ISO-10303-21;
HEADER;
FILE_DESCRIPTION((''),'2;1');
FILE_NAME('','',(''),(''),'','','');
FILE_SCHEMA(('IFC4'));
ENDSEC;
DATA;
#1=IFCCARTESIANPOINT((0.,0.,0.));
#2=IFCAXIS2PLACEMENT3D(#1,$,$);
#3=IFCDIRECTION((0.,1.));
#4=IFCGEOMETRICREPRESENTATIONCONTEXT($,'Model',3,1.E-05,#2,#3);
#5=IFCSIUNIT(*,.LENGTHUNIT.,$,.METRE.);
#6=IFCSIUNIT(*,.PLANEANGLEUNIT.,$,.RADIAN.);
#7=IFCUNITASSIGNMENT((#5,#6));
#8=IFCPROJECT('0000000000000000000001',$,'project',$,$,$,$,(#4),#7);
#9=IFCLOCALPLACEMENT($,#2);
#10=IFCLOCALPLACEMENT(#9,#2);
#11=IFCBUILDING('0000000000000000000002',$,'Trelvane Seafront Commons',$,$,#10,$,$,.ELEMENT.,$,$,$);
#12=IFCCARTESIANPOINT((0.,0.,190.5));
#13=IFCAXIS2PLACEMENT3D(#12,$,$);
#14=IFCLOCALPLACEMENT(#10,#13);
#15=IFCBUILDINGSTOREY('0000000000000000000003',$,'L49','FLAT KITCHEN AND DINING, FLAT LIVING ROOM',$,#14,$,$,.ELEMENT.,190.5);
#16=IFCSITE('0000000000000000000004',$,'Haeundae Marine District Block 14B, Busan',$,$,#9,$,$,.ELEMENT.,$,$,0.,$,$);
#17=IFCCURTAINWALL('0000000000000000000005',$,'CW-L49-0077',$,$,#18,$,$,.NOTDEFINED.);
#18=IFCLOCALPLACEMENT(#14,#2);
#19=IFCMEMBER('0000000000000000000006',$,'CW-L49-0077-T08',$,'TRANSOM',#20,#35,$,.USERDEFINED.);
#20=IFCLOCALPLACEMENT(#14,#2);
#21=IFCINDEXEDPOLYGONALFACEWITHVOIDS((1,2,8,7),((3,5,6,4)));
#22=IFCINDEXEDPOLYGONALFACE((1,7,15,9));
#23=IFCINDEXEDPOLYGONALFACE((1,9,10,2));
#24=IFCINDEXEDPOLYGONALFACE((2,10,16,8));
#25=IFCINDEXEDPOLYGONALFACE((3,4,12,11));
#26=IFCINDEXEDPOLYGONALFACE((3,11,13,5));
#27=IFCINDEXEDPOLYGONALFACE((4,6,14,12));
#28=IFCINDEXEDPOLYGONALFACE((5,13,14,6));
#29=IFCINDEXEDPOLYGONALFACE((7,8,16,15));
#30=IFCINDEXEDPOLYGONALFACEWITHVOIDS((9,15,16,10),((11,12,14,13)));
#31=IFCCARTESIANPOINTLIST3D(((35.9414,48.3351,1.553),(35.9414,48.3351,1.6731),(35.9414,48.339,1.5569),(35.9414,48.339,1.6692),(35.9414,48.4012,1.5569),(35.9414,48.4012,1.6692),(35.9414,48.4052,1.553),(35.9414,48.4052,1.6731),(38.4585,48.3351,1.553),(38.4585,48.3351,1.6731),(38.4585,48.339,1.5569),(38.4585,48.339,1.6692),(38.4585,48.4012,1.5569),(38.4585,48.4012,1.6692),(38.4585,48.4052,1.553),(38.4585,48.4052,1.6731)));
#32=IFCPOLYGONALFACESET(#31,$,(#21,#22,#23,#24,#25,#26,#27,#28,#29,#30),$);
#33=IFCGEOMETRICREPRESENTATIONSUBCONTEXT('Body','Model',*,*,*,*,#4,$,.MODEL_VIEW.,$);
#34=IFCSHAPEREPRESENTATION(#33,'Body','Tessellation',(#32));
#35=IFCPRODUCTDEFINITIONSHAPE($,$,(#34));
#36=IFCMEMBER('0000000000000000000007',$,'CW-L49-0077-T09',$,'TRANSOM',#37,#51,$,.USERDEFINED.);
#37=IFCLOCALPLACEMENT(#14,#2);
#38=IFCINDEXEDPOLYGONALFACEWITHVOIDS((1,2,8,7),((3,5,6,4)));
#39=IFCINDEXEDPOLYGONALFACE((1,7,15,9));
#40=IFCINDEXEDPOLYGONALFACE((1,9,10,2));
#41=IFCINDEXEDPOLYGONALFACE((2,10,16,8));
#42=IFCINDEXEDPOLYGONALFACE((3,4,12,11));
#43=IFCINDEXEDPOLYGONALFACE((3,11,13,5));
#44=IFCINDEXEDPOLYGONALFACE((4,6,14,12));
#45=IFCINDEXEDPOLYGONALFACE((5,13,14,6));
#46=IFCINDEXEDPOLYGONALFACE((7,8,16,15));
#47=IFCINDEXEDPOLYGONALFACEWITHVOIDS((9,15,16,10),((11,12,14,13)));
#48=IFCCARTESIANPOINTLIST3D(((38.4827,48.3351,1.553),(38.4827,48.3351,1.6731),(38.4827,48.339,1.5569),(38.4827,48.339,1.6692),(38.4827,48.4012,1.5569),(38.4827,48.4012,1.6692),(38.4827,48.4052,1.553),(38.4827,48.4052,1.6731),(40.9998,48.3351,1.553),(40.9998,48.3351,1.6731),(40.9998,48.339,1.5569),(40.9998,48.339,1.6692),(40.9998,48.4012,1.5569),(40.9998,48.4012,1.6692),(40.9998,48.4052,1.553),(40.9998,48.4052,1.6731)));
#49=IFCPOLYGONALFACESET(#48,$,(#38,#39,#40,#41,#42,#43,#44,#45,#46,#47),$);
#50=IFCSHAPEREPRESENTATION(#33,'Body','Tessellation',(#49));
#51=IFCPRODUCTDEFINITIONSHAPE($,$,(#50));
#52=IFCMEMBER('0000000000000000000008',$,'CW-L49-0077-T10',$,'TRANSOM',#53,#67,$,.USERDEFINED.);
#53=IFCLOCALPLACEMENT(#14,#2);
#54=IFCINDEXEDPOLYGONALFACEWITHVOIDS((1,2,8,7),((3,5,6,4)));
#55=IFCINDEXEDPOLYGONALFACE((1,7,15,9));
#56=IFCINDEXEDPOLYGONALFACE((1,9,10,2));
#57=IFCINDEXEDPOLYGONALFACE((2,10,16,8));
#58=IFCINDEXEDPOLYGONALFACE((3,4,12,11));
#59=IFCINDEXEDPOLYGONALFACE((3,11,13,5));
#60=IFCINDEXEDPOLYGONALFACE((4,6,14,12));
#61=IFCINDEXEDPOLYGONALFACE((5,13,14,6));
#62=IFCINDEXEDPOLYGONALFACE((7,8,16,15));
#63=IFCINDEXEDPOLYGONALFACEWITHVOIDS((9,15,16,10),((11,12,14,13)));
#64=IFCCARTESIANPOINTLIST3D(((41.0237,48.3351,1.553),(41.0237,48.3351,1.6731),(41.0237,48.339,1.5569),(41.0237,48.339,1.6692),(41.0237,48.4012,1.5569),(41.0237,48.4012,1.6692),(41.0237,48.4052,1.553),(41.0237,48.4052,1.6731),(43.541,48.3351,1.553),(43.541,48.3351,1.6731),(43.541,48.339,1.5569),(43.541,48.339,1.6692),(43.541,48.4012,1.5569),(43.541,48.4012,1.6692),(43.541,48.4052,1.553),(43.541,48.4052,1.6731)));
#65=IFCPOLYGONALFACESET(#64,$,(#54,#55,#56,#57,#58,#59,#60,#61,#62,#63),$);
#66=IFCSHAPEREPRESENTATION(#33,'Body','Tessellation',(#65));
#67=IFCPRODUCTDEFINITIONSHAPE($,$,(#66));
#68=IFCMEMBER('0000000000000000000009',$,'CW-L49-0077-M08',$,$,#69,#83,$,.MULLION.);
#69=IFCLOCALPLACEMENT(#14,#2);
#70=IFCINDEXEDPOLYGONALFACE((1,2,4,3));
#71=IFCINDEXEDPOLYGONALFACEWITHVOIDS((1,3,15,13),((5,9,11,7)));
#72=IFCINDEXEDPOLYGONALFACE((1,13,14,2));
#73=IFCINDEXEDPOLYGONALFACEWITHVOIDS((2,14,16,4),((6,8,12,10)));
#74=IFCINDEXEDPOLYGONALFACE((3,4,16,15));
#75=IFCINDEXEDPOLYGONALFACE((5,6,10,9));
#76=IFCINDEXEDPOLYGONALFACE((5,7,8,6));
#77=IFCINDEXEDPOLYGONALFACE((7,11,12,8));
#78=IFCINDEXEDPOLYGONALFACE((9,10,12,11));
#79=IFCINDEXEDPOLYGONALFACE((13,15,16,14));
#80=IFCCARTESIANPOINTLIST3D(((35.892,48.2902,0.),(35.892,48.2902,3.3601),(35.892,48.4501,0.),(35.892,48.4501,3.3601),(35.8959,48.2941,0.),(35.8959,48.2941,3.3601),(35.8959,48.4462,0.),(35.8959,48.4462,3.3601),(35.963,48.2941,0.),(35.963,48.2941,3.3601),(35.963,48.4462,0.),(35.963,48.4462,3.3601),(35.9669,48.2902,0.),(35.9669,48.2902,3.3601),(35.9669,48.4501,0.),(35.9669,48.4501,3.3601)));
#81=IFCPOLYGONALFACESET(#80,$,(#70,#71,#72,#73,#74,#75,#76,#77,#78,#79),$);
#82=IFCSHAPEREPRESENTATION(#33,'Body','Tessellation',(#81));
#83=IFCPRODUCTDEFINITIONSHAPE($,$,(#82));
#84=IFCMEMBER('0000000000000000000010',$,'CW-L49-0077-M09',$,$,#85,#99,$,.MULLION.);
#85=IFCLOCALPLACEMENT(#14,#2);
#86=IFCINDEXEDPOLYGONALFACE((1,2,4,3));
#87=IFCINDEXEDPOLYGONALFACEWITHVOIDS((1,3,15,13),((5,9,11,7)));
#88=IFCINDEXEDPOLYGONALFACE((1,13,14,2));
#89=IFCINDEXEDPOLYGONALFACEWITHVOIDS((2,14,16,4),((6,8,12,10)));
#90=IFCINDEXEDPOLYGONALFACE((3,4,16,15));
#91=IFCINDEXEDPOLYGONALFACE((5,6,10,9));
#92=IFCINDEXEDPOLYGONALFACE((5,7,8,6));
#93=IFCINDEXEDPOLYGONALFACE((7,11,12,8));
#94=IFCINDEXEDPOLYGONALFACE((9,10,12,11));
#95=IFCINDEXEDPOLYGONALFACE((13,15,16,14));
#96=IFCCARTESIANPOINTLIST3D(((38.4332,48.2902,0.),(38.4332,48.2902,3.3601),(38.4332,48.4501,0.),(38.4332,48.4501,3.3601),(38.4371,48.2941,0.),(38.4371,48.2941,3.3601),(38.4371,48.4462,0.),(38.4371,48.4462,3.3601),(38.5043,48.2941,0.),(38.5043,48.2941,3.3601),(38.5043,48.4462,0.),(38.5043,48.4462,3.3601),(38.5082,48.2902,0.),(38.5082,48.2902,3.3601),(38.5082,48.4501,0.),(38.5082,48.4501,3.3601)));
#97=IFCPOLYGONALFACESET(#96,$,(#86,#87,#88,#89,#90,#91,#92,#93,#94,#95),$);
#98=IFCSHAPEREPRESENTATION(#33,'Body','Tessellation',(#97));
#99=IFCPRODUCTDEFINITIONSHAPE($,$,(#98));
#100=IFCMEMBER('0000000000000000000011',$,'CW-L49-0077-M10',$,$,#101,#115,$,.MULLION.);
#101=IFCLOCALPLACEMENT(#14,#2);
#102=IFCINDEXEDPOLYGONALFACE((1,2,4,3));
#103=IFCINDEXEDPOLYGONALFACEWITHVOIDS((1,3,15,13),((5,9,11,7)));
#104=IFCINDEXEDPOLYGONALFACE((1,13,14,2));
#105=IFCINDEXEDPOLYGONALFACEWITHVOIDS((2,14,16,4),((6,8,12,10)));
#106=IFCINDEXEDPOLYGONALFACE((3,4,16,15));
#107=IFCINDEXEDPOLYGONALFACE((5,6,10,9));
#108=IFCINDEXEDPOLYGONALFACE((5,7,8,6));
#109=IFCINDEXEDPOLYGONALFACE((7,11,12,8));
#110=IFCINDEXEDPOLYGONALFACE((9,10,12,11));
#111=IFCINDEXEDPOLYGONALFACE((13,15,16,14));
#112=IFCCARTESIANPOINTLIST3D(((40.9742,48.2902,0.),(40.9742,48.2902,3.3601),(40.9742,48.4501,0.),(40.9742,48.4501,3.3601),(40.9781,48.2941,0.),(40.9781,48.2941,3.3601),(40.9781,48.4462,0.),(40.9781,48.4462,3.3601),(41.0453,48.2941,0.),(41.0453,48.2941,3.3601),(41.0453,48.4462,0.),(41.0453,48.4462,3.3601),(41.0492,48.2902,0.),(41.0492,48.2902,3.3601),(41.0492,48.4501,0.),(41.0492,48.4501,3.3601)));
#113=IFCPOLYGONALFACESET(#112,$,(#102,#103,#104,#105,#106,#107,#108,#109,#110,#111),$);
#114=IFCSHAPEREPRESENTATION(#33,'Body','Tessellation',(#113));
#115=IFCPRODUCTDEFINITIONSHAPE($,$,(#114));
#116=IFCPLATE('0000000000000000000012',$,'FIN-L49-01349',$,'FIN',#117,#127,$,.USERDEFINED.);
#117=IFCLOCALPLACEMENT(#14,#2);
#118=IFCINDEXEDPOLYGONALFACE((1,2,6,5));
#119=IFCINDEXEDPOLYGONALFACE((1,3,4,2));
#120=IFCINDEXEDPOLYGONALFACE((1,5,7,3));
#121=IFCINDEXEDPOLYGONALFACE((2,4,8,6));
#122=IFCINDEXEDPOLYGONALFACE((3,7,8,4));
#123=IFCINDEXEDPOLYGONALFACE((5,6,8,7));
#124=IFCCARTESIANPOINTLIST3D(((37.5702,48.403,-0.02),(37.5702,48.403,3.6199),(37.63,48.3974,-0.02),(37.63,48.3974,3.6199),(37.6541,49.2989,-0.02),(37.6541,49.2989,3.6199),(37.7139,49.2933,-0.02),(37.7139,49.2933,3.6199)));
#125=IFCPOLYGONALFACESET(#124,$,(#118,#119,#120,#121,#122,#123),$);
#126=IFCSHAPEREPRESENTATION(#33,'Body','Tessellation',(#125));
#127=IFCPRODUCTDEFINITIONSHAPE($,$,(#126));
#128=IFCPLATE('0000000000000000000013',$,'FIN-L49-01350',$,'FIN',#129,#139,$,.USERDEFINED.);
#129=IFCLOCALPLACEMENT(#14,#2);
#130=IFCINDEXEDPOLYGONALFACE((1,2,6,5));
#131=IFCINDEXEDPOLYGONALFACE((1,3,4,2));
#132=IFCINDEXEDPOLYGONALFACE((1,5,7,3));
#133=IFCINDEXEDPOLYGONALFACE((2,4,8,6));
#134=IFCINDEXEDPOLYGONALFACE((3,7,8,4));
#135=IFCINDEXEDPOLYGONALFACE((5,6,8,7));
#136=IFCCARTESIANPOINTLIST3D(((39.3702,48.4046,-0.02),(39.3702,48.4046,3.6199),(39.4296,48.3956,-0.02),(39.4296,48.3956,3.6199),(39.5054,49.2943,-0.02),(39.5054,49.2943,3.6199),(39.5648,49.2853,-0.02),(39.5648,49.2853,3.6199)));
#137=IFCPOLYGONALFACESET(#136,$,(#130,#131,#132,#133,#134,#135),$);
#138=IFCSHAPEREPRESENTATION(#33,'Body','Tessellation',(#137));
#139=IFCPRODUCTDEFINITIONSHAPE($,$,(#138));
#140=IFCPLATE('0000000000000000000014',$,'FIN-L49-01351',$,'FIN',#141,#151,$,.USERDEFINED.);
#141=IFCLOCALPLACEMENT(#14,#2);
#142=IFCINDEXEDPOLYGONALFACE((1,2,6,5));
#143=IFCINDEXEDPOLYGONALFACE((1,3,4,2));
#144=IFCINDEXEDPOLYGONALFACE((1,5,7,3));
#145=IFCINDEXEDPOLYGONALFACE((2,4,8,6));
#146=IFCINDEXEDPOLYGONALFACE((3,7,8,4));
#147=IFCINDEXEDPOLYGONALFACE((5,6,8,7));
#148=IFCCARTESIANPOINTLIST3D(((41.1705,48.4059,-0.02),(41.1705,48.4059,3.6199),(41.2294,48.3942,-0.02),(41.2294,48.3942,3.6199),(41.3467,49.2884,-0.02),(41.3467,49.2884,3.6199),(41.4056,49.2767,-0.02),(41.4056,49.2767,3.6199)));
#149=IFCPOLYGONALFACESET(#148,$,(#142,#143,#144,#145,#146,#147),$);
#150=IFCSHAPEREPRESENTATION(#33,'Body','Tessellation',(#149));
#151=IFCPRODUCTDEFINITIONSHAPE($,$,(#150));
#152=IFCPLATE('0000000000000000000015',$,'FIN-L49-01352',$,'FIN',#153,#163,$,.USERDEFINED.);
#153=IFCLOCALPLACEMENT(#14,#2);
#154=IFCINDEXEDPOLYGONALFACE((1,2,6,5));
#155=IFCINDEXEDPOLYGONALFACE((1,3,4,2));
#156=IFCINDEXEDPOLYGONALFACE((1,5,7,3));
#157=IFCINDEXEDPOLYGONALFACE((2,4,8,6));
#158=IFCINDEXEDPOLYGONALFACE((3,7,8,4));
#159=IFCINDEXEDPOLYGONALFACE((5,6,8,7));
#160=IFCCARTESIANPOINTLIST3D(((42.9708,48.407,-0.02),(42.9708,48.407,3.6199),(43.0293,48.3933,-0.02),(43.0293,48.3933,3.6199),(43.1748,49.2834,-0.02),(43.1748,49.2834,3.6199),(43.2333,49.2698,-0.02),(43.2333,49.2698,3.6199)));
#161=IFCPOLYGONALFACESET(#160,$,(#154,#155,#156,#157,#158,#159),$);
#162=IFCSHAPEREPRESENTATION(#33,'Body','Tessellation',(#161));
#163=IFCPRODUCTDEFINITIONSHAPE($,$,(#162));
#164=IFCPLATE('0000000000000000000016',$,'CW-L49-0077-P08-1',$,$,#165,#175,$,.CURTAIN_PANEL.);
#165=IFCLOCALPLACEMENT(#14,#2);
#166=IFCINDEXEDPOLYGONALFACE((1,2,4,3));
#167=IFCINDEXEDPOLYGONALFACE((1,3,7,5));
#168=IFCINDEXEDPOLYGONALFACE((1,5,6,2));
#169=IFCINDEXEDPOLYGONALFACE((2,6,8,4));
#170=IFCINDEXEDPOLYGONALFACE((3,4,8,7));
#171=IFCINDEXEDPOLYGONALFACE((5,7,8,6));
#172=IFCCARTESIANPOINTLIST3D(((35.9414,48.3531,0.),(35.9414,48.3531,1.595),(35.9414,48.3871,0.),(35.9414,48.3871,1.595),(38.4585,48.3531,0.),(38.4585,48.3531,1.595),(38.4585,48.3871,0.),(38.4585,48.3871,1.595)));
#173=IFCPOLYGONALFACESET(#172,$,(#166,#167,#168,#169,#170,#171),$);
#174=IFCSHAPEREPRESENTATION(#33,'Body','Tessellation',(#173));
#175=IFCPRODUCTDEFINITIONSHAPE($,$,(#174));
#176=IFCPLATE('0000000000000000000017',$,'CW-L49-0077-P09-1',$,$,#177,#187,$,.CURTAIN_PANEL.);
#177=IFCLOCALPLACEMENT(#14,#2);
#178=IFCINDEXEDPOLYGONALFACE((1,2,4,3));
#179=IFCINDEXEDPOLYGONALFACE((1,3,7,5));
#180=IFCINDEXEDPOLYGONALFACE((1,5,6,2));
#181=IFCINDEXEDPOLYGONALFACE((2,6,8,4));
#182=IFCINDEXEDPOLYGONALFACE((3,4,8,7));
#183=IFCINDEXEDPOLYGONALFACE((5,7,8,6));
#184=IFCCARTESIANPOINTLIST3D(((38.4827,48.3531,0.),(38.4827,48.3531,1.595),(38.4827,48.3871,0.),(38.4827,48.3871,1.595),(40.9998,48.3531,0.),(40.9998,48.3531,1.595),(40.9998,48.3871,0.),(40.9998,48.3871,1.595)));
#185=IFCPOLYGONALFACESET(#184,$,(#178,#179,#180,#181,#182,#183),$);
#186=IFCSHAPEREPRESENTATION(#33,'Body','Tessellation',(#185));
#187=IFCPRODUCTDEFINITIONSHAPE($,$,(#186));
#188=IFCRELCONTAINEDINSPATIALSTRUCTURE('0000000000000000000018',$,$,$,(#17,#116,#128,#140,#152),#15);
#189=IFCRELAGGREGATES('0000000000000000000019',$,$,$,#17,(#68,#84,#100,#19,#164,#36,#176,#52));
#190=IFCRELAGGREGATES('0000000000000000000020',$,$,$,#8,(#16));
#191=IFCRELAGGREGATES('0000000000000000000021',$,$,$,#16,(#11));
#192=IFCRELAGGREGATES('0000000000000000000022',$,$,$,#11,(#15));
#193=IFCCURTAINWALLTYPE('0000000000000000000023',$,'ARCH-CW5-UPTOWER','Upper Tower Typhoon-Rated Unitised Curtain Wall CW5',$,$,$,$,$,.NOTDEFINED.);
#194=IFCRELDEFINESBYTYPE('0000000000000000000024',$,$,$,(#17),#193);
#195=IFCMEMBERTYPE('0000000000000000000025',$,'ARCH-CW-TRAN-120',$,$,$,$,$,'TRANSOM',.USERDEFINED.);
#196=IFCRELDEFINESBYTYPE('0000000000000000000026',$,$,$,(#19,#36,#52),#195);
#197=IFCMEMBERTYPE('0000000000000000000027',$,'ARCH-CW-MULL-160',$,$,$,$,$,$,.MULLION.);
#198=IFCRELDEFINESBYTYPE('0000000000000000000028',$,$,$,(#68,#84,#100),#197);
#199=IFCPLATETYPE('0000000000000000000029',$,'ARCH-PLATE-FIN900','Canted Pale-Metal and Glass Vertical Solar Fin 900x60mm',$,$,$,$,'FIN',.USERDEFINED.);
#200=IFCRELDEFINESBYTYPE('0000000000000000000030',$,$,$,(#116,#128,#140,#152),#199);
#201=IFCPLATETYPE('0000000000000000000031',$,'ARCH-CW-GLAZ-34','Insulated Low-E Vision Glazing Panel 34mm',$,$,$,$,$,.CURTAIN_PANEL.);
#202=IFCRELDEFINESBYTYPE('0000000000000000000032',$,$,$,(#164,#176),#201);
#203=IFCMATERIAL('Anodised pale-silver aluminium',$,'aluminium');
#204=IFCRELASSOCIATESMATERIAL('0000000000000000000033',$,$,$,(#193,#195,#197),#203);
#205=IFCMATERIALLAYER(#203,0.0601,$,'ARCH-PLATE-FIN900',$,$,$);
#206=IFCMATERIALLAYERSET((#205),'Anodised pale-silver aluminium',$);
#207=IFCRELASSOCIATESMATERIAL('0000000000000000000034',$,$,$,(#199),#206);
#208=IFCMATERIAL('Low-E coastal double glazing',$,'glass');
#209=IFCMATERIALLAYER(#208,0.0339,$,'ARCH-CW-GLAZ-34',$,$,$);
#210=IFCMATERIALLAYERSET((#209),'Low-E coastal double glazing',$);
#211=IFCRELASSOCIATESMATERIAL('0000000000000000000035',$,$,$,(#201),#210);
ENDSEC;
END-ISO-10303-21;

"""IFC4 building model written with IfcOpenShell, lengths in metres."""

from ifc_helpers import new_model, si_unit, direction, frame, origin, origin_2d, place, context, subcontext, project, spatial, rectangle, hollow_rectangle, extrude, source, transform, mapped, material, layer, layer_set, material_profile, profile_set, type_object, element, aggregate, save


model = new_model("IFC4")

# Units and contexts
model_context = context("Model", 3, precision=1e-05, world=origin(), true_north=direction((0.0, 1.0)))
body_context = subcontext(model_context, "Body", "Model", "MODEL_VIEW")
ifc_project = project(units=[si_unit("LENGTHUNIT", "METRE"), si_unit("PLANEANGLEUNIT", "RADIAN")], contexts=[model_context])

# Site, building, storey
site_placement = place(None, origin())
site = spatial("IfcSite", under=ifc_project, at=site_placement, Name="Haeundae Marine District Block 14B, Busan", CompositionType="ELEMENT", RefElevation=0.0)
building_placement = place(site_placement, origin())
building = spatial("IfcBuilding", under=site, at=building_placement, Name="Trelvane Seafront Commons", CompositionType="ELEMENT")
storey_placement = place(building_placement, frame((0.0, 0.0, 190.5)))
storey = spatial("IfcBuildingStorey", under=building, at=storey_placement, Name="L49", Description="FLAT KITCHEN AND DINING, FLAT LIVING ROOM", CompositionType="ELEMENT", Elevation=190.5)

# Curtain wall, members
ifc_material_1 = material(Name="Anodised pale-silver aluminium", Category="aluminium")
curtain_wall_type = type_object("IfcCurtainWallType", Name="ARCH-CW5-UPTOWER", Description="Upper Tower Typhoon-Rated Unitised Curtain Wall CW5", PredefinedType="NOTDEFINED", material=ifc_material_1)
curtain_wall_placement = place(storey_placement, origin())
curtain_wall = element("IfcCurtainWall", 1, at=curtain_wall_placement, inside=storey, type_object=curtain_wall_type, Name="CW-L49-0077", PredefinedType="NOTDEFINED")
ifc_material_profile_1 = material_profile(ifc_material_1, hollow_rectangle(XDim=0.0701, YDim=0.1201, WallThickness=0.0039, at=origin_2d()), Name="TRAN-70x120x4")
ifc_profile_set_1 = profile_set([ifc_material_profile_1], Name="Anodised pale-silver aluminium")
member_type_1 = type_object("IfcMemberType", Name="ARCH-CW-TRAN-120", ElementType="TRANSOM", PredefinedType="USERDEFINED", material=ifc_profile_set_1)
shared_shape_1 = source(origin(), body_context, "Body", "SweptSolid", [
    extrude(hollow_rectangle(XDim=0.0701, YDim=0.1201, WallThickness=0.0039, at=origin_2d()), origin(), (0.0, 0.0, 1.0), 2.5171),
])
member_1_placement = place(storey_placement, frame((35.9414, 48.3701, 1.613), z_axis=(1.0, 0.0, 0.0), x_axis=(0.0, 1.0, 0.0)))
member_1 = element("IfcMember", 2, at=member_1_placement, type_object=member_type_1, Name="CW-L49-0077-T08", ObjectType="TRANSOM", PredefinedType="USERDEFINED", context=body_context, shape_type="MappedRepresentation", body=[
    mapped(shared_shape_1, transform((0.0, 0.0, 0.0), x_axis=(1.0, 0.0, 0.0), y_axis=(0.0, 1.0, 0.0), z_axis=(0.0, 0.0, 1.0), scale=1.0)),
])
member_2_placement = place(storey_placement, frame((38.4827, 48.3701, 1.613), z_axis=(1.0, 0.0, 0.0), x_axis=(0.0, 1.0, 0.0)))
member_2 = element("IfcMember", 3, at=member_2_placement, type_object=member_type_1, Name="CW-L49-0077-T09", ObjectType="TRANSOM", PredefinedType="USERDEFINED", context=body_context, shape_type="MappedRepresentation", body=[
    mapped(shared_shape_1, transform((0.0, 0.0, 0.0), x_axis=(1.0, 0.0, 0.0), y_axis=(0.0, 1.0, 0.0), z_axis=(0.0, 0.0, 1.0), scale=1.0)),
])
shared_shape_2 = source(origin(), body_context, "Body", "SweptSolid", [
    extrude(hollow_rectangle(XDim=0.0701, YDim=0.1201, WallThickness=0.0039, at=origin_2d()), origin(), (0.0, 0.0, 1.0), 2.5173),
])
member_3_placement = place(storey_placement, frame((41.0237, 48.3701, 1.613), z_axis=(1.0, 0.0, 0.0), x_axis=(0.0, 1.0, 0.0)))
member_3 = element("IfcMember", 4, at=member_3_placement, type_object=member_type_1, Name="CW-L49-0077-T10", ObjectType="TRANSOM", PredefinedType="USERDEFINED", context=body_context, shape_type="MappedRepresentation", body=[
    mapped(shared_shape_2, transform((0.0, 0.0, 0.0), x_axis=(1.0, 0.0, 0.0), y_axis=(0.0, 1.0, 0.0), z_axis=(0.0, 0.0, 1.0), scale=1.0)),
])
ifc_material_profile_2 = material_profile(ifc_material_1, hollow_rectangle(XDim=0.075, YDim=0.1599, WallThickness=0.0039, at=origin_2d()), Name="MULL-75x160x4")
ifc_profile_set_2 = profile_set([ifc_material_profile_2], Name="Anodised pale-silver aluminium")
member_type_2 = type_object("IfcMemberType", Name="ARCH-CW-MULL-160", PredefinedType="MULLION", material=ifc_profile_set_2)
shared_shape_3 = source(origin(), body_context, "Body", "SweptSolid", [
    extrude(hollow_rectangle(XDim=0.075, YDim=0.1599, WallThickness=0.0039, at=origin_2d()), origin(), (0.0, 0.0, 1.0), 3.3601),
])
member_4_placement = place(storey_placement, frame((35.9294, 48.3701, 0.0), z_axis=(0.0, 0.0, 1.0), x_axis=(1.0, 0.0, 0.0)))
member_4 = element("IfcMember", 5, at=member_4_placement, type_object=member_type_2, Name="CW-L49-0077-M08", PredefinedType="MULLION", context=body_context, shape_type="MappedRepresentation", body=[
    mapped(shared_shape_3, transform((0.0, 0.0, 0.0), x_axis=(1.0, 0.0, 0.0), y_axis=(0.0, 1.0, 0.0), z_axis=(0.0, 0.0, 1.0), scale=1.0)),
])
member_5_placement = place(storey_placement, frame((38.4707, 48.3701, 0.0), z_axis=(0.0, 0.0, 1.0), x_axis=(1.0, 0.0, 0.0)))
member_5 = element("IfcMember", 6, at=member_5_placement, type_object=member_type_2, Name="CW-L49-0077-M09", PredefinedType="MULLION", context=body_context, shape_type="MappedRepresentation", body=[
    mapped(shared_shape_3, transform((0.0, 0.0, 0.0), x_axis=(1.0, 0.0, 0.0), y_axis=(0.0, 1.0, 0.0), z_axis=(0.0, 0.0, 1.0), scale=1.0)),
])
member_6_placement = place(storey_placement, frame((41.0117, 48.3701, 0.0), z_axis=(0.0, 0.0, 1.0), x_axis=(1.0, 0.0, 0.0)))
member_6 = element("IfcMember", 7, at=member_6_placement, type_object=member_type_2, Name="CW-L49-0077-M10", PredefinedType="MULLION", context=body_context, shape_type="MappedRepresentation", body=[
    mapped(shared_shape_3, transform((0.0, 0.0, 0.0), x_axis=(1.0, 0.0, 0.0), y_axis=(0.0, 1.0, 0.0), z_axis=(0.0, 0.0, 1.0), scale=1.0)),
])

# Plates
ifc_layer_1 = layer(ifc_material_1, 0.0601, Name="ARCH-PLATE-FIN900")
ifc_layer_set_1 = layer_set([ifc_layer_1], Name="Anodised pale-silver aluminium")
plate_type_1 = type_object("IfcPlateType", Name="ARCH-PLATE-FIN900", Description="Canted Pale-Metal and Glass Vertical Solar Fin 900x60mm", ElementType="FIN", PredefinedType="USERDEFINED", material=ifc_layer_set_1)
shared_shape_4 = source(origin(), body_context, "Body", "SweptSolid", [
    extrude(rectangle(XDim=0.8999, YDim=0.0601, at=origin_2d()), origin(), (0.0, 0.0, 1.0), 3.6399),
])
for number, where, z_axis, x_axis, name in (
    (8, (37.6421, 48.8481, -0.02), (0.0, 0.0, 1.0), (0.09322, 0.995646, 0.0), "FIN-L49-01349"),
    (9, (39.4675, 48.845, -0.02), (0.0, 0.0, 1.0), (0.15022, 0.988653, 0.0), "FIN-L49-01350"),
    (10, (41.2881, 48.8413, -0.02), (0.0, 0.0, 1.0), (0.195775, 0.980649, 0.0), "FIN-L49-01351"),
    (11, (43.1021, 48.8384, -0.02), (0.0, 0.0, 1.0), (0.226765, 0.973949, 0.0), "FIN-L49-01352"),
):
    element("IfcPlate", number, at=place(storey_placement, frame(where, z_axis=z_axis, x_axis=x_axis)), inside=storey, type_object=plate_type_1, Name=name, ObjectType="FIN", PredefinedType="USERDEFINED", context=body_context, shape_type="MappedRepresentation", body=[
        mapped(shared_shape_4, transform((0.0, 0.0, 0.0), x_axis=(1.0, 0.0, 0.0), y_axis=(0.0, 1.0, 0.0), z_axis=(0.0, 0.0, 1.0), scale=1.0)),
    ])

# Plates
ifc_material_2 = material(Name="Low-E coastal double glazing", Category="glass")
ifc_layer_2 = layer(ifc_material_2, 0.0339, Name="ARCH-CW-GLAZ-34")
ifc_layer_set_2 = layer_set([ifc_layer_2], Name="Low-E coastal double glazing")
plate_type_2 = type_object("IfcPlateType", Name="ARCH-CW-GLAZ-34", Description="Insulated Low-E Vision Glazing Panel 34mm", PredefinedType="CURTAIN_PANEL", material=ifc_layer_set_2)
shared_shape_5 = source(origin(), body_context, "Body", "SweptSolid", [
    extrude(rectangle(XDim=2.5171, YDim=0.0339, at=origin_2d()), origin(), (0.0, 0.0, 1.0), 1.595),
])
plate_1_placement = place(storey_placement, frame((37.2, 48.3701, 0.0), z_axis=(0.0, 0.0, 1.0), x_axis=(1.0, 0.0, 0.0)))
plate_1 = element("IfcPlate", 12, at=plate_1_placement, type_object=plate_type_2, Name="CW-L49-0077-P08-1", PredefinedType="CURTAIN_PANEL", context=body_context, shape_type="MappedRepresentation", body=[
    mapped(shared_shape_5, transform((0.0, 0.0, 0.0), x_axis=(1.0, 0.0, 0.0), y_axis=(0.0, 1.0, 0.0), z_axis=(0.0, 0.0, 1.0), scale=1.0)),
])
plate_2_placement = place(storey_placement, frame((39.7412, 48.3701, 0.0), z_axis=(0.0, 0.0, 1.0), x_axis=(1.0, 0.0, 0.0)))
plate_2 = element("IfcPlate", 13, at=plate_2_placement, type_object=plate_type_2, Name="CW-L49-0077-P09-1", PredefinedType="CURTAIN_PANEL", context=body_context, shape_type="MappedRepresentation", body=[
    mapped(shared_shape_5, transform((0.0, 0.0, 0.0), x_axis=(1.0, 0.0, 0.0), y_axis=(0.0, 1.0, 0.0), z_axis=(0.0, 0.0, 1.0), scale=1.0)),
])
aggregate(curtain_wall, [member_4, member_5, member_6, member_1, plate_1, member_2, plate_2, member_3])

save(model, "model.ifc")
